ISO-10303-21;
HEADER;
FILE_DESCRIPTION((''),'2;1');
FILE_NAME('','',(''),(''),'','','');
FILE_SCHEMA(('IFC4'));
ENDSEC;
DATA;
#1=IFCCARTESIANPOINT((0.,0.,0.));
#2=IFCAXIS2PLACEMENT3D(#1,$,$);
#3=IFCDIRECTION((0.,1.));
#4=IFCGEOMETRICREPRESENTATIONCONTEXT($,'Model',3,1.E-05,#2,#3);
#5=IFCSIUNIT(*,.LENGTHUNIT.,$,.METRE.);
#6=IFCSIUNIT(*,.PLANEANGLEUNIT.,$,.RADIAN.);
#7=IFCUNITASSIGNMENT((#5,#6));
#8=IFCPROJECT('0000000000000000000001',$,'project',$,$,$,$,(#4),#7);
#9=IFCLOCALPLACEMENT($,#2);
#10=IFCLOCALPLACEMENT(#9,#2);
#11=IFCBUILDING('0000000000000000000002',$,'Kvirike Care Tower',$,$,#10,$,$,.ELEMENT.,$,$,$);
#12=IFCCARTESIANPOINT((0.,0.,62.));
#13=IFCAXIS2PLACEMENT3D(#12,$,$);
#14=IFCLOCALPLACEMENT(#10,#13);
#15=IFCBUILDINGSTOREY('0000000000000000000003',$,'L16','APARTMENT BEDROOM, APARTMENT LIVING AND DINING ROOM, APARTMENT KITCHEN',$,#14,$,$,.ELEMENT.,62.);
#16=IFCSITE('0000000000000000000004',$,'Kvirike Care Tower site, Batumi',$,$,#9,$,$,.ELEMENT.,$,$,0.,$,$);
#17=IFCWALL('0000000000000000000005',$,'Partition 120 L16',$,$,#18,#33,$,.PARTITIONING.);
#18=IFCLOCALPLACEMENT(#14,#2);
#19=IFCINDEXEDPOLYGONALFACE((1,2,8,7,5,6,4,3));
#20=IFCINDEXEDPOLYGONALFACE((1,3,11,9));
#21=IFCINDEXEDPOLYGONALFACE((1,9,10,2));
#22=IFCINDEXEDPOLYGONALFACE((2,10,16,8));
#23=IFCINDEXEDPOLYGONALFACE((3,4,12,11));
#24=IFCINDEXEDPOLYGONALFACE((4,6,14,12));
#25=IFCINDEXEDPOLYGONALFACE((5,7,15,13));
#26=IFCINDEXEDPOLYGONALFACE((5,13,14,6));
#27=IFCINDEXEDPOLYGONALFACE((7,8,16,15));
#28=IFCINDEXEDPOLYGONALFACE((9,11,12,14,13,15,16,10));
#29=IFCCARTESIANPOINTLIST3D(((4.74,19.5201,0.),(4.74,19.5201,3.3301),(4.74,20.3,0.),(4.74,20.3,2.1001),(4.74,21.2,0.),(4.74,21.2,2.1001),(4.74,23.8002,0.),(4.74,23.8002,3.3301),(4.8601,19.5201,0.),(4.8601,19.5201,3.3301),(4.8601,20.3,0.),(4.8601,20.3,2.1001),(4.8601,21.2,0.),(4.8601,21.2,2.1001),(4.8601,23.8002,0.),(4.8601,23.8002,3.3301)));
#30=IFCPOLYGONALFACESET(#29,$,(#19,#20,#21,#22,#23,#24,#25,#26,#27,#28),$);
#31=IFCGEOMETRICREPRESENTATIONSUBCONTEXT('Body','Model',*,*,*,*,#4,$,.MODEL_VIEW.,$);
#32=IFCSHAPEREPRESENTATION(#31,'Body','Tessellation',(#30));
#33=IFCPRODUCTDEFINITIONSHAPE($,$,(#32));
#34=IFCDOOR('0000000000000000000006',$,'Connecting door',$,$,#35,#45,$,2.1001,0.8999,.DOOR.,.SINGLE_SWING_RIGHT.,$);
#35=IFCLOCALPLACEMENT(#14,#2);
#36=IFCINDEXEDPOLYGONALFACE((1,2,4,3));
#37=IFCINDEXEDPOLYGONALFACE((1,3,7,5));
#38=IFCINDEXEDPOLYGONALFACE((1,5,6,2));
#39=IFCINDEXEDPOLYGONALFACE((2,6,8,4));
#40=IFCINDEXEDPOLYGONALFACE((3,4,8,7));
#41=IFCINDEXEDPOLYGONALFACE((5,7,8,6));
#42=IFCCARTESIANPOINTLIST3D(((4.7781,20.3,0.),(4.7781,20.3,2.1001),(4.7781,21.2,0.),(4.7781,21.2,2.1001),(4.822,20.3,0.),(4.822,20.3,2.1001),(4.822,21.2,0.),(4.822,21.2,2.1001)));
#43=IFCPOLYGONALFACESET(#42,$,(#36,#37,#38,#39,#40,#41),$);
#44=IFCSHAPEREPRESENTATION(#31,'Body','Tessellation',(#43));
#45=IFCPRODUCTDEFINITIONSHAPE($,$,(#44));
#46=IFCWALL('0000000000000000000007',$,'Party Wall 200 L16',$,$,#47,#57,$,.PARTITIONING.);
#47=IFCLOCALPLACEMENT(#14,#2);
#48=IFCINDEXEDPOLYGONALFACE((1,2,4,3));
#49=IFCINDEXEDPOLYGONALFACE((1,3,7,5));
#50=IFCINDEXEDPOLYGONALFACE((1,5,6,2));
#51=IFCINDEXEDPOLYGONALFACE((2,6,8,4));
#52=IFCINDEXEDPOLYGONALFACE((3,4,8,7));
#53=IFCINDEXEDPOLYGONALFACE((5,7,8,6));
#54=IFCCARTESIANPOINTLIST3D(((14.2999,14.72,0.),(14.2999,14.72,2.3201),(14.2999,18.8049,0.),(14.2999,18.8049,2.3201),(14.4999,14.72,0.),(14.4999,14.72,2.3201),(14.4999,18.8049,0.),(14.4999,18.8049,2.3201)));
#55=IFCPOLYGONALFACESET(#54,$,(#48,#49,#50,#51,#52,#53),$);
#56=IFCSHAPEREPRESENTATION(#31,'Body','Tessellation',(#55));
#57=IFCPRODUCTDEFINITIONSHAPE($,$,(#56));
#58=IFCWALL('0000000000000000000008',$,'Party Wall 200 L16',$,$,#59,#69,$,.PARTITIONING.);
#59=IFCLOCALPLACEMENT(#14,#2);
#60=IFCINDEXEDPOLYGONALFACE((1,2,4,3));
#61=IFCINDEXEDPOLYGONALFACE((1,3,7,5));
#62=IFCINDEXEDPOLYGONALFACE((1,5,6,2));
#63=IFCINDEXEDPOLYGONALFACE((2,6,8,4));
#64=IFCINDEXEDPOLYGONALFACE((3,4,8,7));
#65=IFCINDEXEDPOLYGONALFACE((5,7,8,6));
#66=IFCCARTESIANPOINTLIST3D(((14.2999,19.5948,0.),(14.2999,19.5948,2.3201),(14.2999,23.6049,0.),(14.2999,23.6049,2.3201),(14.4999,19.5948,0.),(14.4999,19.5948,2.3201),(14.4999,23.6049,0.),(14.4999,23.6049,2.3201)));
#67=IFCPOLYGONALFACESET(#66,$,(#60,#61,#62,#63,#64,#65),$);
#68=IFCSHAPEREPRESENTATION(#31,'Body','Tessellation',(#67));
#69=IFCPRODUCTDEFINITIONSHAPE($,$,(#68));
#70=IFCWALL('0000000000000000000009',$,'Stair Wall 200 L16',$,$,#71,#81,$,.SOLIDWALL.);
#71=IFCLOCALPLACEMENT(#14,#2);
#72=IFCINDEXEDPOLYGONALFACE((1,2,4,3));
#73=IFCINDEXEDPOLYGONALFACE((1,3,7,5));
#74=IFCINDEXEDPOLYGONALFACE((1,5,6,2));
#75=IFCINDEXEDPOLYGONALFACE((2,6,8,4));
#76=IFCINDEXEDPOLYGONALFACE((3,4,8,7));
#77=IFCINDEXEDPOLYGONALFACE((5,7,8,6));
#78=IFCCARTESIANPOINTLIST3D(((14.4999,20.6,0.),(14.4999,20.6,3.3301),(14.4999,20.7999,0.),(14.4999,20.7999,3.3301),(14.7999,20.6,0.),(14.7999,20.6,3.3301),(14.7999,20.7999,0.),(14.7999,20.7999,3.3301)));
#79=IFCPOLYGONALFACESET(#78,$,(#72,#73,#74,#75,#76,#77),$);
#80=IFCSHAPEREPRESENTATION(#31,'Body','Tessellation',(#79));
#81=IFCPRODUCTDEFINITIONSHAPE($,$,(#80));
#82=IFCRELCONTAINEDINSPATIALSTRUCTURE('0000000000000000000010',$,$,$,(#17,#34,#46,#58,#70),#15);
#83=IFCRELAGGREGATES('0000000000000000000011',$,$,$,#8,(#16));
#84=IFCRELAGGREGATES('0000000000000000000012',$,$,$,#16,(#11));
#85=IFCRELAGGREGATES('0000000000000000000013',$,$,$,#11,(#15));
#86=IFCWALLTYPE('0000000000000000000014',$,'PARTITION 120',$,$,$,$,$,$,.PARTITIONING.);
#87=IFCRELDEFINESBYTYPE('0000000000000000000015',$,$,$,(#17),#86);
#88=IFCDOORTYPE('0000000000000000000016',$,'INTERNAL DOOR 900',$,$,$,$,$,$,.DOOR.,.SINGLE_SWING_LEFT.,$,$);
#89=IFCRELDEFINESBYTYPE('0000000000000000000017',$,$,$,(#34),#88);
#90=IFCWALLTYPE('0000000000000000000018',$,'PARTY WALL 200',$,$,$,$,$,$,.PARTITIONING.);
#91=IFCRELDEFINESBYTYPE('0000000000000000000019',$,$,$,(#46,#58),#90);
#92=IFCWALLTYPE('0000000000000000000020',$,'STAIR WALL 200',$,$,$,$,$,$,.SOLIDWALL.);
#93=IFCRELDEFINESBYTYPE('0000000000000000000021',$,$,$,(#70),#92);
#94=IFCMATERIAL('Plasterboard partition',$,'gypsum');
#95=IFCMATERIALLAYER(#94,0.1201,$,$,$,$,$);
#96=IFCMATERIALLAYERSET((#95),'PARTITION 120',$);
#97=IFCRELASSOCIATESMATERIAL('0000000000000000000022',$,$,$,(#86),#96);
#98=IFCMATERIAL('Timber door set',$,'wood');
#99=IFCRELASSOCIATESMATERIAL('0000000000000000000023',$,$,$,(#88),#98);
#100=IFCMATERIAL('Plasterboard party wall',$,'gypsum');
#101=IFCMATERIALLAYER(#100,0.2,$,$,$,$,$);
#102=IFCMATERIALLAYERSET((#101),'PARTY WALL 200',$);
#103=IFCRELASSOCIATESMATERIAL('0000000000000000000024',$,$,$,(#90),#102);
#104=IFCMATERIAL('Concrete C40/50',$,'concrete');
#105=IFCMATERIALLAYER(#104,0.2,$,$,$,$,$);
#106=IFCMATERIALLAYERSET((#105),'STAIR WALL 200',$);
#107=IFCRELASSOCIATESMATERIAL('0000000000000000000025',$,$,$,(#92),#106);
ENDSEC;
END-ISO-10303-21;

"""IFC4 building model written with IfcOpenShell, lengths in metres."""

from ifc_helpers import new_model, si_unit, direction, frame, frame_2d, origin, place, context, subcontext, project, spatial, rectangle, extrude, material, layer, layer_set, type_object, element, fill, save


model = new_model("IFC4")

# Units and contexts
model_context = context("Model", 3, precision=1e-05, world=origin(), true_north=direction((0.0, 1.0)))
body_context = subcontext(model_context, "Body", "Model", "MODEL_VIEW")
ifc_project = project(units=[si_unit("LENGTHUNIT", "METRE"), si_unit("PLANEANGLEUNIT", "RADIAN")], contexts=[model_context])

# Site, building, storey
site_placement = place(None, origin())
site = spatial("IfcSite", under=ifc_project, at=site_placement, Name="Kvirike Care Tower site, Batumi", CompositionType="ELEMENT", RefElevation=0.0)
building_placement = place(site_placement, origin())
building = spatial("IfcBuilding", under=site, at=building_placement, Name="Kvirike Care Tower", CompositionType="ELEMENT")
storey_placement = place(building_placement, frame((0.0, 0.0, 62.0)))
storey = spatial("IfcBuildingStorey", under=building, at=storey_placement, Name="L16", Description="APARTMENT BEDROOM, APARTMENT LIVING AND DINING ROOM, APARTMENT KITCHEN", CompositionType="ELEMENT", Elevation=62.0)

# Wall, opening, door
ifc_material_1 = material(Name="Plasterboard partition", Category="gypsum")
ifc_layer_1 = layer(ifc_material_1, 0.1201)
ifc_layer_set_1 = layer_set([ifc_layer_1], Name="PARTITION 120")
wall_type_1 = type_object("IfcWallType", Name="PARTITION 120", PredefinedType="PARTITIONING", material=ifc_layer_set_1)
wall_1_placement = place(storey_placement, frame((4.8, 19.52, 0.0), z_axis=(0.0, 0.0, 1.0), x_axis=(0.0, 1.0, 0.0)))
wall_1 = element("IfcWall", 1, at=wall_1_placement, inside=storey, type_object=wall_type_1, Name="Partition 120 L16", PredefinedType="PARTITIONING", context=body_context, shape_type="SweptSolid", body=[
    extrude(rectangle(XDim=4.28, YDim=0.1201, at=frame_2d((2.1401, 0.0))), origin(), (0.0, 0.0, 1.0), 3.3301),
])
opening_placement = place(wall_1_placement, frame((0.78, 0.0, 0.0)))
opening = element("IfcOpeningElement", 2, at=opening_placement, cuts=wall_1, PredefinedType="OPENING", context=body_context, shape_type="SweptSolid", body=[
    extrude(rectangle(XDim=0.8999, YDim=2.1001, at=frame_2d((0.45, 1.05))), frame((0.0, 0.0706, 0.0), z_axis=(0.0, -1.0, 0.0), x_axis=(1.0, 0.0, 0.0)), (0.0, 0.0, 1.0), 0.1411),
])
ifc_material_2 = material(Name="Timber door set", Category="wood")
door_type = type_object("IfcDoorType", Name="INTERNAL DOOR 900", OperationType="SINGLE_SWING_LEFT", PredefinedType="DOOR", material=ifc_material_2)
door_placement = place(opening_placement, origin())
door = element("IfcDoor", 3, at=door_placement, inside=storey, type_object=door_type, Name="Connecting door", OperationType="SINGLE_SWING_RIGHT", OverallHeight=2.1001, OverallWidth=0.8999, PredefinedType="DOOR", context=body_context, shape_type="SweptSolid", body=[
    extrude(rectangle(XDim=0.8999, YDim=2.1001, at=frame_2d((0.45, 1.05))), frame((0.0, 0.022, 0.0), z_axis=(0.0, -1.0, 0.0), x_axis=(1.0, 0.0, 0.0)), (0.0, 0.0, 1.0), 0.0439),
])
fill(opening, door)

# Walls
ifc_material_3 = material(Name="Plasterboard party wall", Category="gypsum")
ifc_layer_2 = layer(ifc_material_3, 0.2)
ifc_layer_set_2 = layer_set([ifc_layer_2], Name="PARTY WALL 200")
wall_type_2 = type_object("IfcWallType", Name="PARTY WALL 200", PredefinedType="PARTITIONING", material=ifc_layer_set_2)
wall_2_placement = place(storey_placement, frame((14.3999, 14.72, 0.0), z_axis=(0.0, 0.0, 1.0), x_axis=(0.0, 1.0, 0.0)))
element("IfcWall", 4, at=wall_2_placement, inside=storey, type_object=wall_type_2, Name="Party Wall 200 L16", PredefinedType="PARTITIONING", context=body_context, shape_type="SweptSolid", body=[
    extrude(rectangle(XDim=4.085, YDim=0.2, at=frame_2d((2.0425, 0.0))), origin(), (0.0, 0.0, 1.0), 2.3201),
])
wall_3_placement = place(storey_placement, frame((14.3999, 19.595, 0.0), z_axis=(0.0, 0.0, 1.0), x_axis=(0.0, 1.0, 0.0)))
element("IfcWall", 5, at=wall_3_placement, inside=storey, type_object=wall_type_2, Name="Party Wall 200 L16", PredefinedType="PARTITIONING", context=body_context, shape_type="SweptSolid", body=[
    extrude(rectangle(XDim=4.01, YDim=0.2, at=frame_2d((2.0049, 0.0))), origin(), (0.0, 0.0, 1.0), 2.3201),
])
ifc_material_4 = material(Name="Concrete C40/50", Category="concrete")
ifc_layer_3 = layer(ifc_material_4, 0.2)
ifc_layer_set_3 = layer_set([ifc_layer_3], Name="STAIR WALL 200")
wall_type_3 = type_object("IfcWallType", Name="STAIR WALL 200", PredefinedType="SOLIDWALL", material=ifc_layer_set_3)
wall_4_placement = place(storey_placement, frame((14.5, 20.7, 0.0), z_axis=(0.0, 0.0, 1.0), x_axis=(1.0, 0.0, 0.0)))
element("IfcWall", 6, at=wall_4_placement, inside=storey, type_object=wall_type_3, Name="Stair Wall 200 L16", PredefinedType="SOLIDWALL", context=body_context, shape_type="SweptSolid", body=[
    extrude(rectangle(XDim=0.3, YDim=0.2, at=frame_2d((0.1499, 0.0))), origin(), (0.0, 0.0, 1.0), 3.3301),
])

save(model, "model.ifc")
